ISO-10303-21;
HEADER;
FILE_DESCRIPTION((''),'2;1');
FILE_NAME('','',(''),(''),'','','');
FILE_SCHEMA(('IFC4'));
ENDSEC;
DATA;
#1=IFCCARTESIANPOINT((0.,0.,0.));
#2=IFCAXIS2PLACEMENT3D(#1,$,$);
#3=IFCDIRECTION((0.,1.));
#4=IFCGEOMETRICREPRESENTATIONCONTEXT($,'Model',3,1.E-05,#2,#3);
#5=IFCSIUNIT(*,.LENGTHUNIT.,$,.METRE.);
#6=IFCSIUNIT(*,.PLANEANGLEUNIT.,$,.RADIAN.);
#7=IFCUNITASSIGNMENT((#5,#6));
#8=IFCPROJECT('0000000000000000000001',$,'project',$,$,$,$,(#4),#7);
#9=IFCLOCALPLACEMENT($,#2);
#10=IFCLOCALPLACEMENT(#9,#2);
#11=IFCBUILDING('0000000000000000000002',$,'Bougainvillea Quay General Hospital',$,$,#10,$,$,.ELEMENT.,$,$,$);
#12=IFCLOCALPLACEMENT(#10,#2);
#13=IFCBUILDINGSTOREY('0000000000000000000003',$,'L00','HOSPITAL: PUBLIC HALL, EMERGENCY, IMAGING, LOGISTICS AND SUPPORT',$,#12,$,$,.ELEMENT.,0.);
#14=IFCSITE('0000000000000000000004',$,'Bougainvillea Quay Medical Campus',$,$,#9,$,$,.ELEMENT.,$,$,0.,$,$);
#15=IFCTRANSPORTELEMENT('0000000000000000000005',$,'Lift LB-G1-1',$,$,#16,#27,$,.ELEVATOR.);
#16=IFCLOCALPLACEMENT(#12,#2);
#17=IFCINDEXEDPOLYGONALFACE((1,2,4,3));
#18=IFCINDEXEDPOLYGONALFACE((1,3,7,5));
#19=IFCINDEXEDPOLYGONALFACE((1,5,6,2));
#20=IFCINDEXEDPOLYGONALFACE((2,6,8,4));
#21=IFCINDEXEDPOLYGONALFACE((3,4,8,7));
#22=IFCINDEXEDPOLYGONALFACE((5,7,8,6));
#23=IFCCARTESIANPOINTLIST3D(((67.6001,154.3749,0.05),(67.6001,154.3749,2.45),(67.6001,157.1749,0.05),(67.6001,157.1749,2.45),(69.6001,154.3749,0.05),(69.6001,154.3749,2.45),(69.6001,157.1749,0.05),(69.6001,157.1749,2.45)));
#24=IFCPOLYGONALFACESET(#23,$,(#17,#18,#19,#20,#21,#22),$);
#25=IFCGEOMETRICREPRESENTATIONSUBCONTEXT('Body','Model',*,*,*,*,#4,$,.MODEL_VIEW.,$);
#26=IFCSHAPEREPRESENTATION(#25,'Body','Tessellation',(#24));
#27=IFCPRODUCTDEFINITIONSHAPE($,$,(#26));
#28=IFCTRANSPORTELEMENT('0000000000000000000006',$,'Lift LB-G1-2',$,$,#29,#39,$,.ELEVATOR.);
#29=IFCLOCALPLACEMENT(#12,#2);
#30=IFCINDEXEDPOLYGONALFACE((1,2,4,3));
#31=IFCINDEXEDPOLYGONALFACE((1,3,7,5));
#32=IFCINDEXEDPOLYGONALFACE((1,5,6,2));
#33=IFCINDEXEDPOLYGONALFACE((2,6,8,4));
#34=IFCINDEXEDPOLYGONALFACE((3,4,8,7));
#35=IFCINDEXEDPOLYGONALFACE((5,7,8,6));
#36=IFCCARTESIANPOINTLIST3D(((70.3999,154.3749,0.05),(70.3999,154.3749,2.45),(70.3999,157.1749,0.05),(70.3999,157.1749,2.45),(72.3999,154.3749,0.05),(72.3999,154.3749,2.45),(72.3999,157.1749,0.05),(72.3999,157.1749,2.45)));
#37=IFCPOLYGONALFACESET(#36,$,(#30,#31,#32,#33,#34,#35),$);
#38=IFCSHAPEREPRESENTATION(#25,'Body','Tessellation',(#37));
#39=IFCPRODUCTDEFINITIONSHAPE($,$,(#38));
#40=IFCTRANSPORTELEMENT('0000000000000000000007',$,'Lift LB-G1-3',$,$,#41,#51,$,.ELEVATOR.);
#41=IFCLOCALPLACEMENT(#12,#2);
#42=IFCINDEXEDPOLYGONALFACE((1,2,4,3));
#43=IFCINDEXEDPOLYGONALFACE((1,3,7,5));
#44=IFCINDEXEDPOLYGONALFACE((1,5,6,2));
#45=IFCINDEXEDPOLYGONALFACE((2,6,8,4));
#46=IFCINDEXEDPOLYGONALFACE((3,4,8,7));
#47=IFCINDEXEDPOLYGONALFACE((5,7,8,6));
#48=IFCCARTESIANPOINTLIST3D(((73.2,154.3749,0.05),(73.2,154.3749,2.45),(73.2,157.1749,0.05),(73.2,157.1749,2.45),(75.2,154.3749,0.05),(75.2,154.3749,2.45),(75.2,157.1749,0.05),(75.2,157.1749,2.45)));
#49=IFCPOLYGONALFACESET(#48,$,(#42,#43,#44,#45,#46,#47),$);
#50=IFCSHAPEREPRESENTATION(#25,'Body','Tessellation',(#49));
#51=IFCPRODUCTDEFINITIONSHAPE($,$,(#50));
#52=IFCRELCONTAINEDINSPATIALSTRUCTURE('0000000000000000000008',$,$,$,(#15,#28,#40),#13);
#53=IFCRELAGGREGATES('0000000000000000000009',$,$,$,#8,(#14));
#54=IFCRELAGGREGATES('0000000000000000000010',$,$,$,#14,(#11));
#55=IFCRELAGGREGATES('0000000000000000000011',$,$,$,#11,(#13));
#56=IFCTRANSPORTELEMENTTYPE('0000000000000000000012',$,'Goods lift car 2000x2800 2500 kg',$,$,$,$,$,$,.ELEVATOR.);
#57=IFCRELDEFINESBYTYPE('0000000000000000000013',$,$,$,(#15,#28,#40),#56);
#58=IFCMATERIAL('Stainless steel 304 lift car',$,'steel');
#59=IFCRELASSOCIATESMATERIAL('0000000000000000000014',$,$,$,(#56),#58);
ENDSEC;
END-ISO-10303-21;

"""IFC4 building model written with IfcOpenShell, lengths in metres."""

from ifc_helpers import new_model, si_unit, direction, frame, origin, origin_2d, place, context, subcontext, project, spatial, rectangle, extrude, material, type_object, element, save


model = new_model("IFC4")

# Units and contexts
model_context = context("Model", 3, precision=1e-05, world=origin(), true_north=direction((0.0, 1.0)))
body_context = subcontext(model_context, "Body", "Model", "MODEL_VIEW")
ifc_project = project(units=[si_unit("LENGTHUNIT", "METRE"), si_unit("PLANEANGLEUNIT", "RADIAN")], contexts=[model_context])

# Site, building, storey
site_placement = place(None, origin())
site = spatial("IfcSite", under=ifc_project, at=site_placement, Name="Bougainvillea Quay Medical Campus", CompositionType="ELEMENT", RefElevation=0.0)
building_placement = place(site_placement, origin())
building = spatial("IfcBuilding", under=site, at=building_placement, Name="Bougainvillea Quay General Hospital", CompositionType="ELEMENT")
storey_placement = place(building_placement, origin())
storey = spatial("IfcBuildingStorey", under=building, at=storey_placement, Name="L00", Description="HOSPITAL: PUBLIC HALL, EMERGENCY, IMAGING, LOGISTICS AND SUPPORT", CompositionType="ELEMENT", Elevation=0.0)

# Transport elements
ifc_material_1 = material(Name="Stainless steel 304 lift car", Category="steel")
transport_element_type = type_object("IfcTransportElementType", Name="Goods lift car 2000x2800 2500 kg", PredefinedType="ELEVATOR", material=ifc_material_1)
for number, where, z_axis, x_axis, name in (
    (1, (68.6001, 155.7749, 0.05), (0.0, 0.0, 1.0), (1.0, 0.0, 0.0), "Lift LB-G1-1"),
    (2, (71.3999, 155.7749, 0.05), (0.0, 0.0, 1.0), (1.0, 0.0, 0.0), "Lift LB-G1-2"),
    (3, (74.2, 155.7749, 0.05), (0.0, 0.0, 1.0), (1.0, 0.0, 0.0), "Lift LB-G1-3"),
):
    element("IfcTransportElement", number, at=place(storey_placement, frame(where, z_axis=z_axis, x_axis=x_axis)), inside=storey, type_object=transport_element_type, Name=name, PredefinedType="ELEVATOR", context=body_context, shape_type="SweptSolid", body=[
        extrude(rectangle(XDim=2.0, YDim=2.8, at=origin_2d()), origin(), (0.0, 0.0, 1.0), 2.3999),
    ])

save(model, "model.ifc")
